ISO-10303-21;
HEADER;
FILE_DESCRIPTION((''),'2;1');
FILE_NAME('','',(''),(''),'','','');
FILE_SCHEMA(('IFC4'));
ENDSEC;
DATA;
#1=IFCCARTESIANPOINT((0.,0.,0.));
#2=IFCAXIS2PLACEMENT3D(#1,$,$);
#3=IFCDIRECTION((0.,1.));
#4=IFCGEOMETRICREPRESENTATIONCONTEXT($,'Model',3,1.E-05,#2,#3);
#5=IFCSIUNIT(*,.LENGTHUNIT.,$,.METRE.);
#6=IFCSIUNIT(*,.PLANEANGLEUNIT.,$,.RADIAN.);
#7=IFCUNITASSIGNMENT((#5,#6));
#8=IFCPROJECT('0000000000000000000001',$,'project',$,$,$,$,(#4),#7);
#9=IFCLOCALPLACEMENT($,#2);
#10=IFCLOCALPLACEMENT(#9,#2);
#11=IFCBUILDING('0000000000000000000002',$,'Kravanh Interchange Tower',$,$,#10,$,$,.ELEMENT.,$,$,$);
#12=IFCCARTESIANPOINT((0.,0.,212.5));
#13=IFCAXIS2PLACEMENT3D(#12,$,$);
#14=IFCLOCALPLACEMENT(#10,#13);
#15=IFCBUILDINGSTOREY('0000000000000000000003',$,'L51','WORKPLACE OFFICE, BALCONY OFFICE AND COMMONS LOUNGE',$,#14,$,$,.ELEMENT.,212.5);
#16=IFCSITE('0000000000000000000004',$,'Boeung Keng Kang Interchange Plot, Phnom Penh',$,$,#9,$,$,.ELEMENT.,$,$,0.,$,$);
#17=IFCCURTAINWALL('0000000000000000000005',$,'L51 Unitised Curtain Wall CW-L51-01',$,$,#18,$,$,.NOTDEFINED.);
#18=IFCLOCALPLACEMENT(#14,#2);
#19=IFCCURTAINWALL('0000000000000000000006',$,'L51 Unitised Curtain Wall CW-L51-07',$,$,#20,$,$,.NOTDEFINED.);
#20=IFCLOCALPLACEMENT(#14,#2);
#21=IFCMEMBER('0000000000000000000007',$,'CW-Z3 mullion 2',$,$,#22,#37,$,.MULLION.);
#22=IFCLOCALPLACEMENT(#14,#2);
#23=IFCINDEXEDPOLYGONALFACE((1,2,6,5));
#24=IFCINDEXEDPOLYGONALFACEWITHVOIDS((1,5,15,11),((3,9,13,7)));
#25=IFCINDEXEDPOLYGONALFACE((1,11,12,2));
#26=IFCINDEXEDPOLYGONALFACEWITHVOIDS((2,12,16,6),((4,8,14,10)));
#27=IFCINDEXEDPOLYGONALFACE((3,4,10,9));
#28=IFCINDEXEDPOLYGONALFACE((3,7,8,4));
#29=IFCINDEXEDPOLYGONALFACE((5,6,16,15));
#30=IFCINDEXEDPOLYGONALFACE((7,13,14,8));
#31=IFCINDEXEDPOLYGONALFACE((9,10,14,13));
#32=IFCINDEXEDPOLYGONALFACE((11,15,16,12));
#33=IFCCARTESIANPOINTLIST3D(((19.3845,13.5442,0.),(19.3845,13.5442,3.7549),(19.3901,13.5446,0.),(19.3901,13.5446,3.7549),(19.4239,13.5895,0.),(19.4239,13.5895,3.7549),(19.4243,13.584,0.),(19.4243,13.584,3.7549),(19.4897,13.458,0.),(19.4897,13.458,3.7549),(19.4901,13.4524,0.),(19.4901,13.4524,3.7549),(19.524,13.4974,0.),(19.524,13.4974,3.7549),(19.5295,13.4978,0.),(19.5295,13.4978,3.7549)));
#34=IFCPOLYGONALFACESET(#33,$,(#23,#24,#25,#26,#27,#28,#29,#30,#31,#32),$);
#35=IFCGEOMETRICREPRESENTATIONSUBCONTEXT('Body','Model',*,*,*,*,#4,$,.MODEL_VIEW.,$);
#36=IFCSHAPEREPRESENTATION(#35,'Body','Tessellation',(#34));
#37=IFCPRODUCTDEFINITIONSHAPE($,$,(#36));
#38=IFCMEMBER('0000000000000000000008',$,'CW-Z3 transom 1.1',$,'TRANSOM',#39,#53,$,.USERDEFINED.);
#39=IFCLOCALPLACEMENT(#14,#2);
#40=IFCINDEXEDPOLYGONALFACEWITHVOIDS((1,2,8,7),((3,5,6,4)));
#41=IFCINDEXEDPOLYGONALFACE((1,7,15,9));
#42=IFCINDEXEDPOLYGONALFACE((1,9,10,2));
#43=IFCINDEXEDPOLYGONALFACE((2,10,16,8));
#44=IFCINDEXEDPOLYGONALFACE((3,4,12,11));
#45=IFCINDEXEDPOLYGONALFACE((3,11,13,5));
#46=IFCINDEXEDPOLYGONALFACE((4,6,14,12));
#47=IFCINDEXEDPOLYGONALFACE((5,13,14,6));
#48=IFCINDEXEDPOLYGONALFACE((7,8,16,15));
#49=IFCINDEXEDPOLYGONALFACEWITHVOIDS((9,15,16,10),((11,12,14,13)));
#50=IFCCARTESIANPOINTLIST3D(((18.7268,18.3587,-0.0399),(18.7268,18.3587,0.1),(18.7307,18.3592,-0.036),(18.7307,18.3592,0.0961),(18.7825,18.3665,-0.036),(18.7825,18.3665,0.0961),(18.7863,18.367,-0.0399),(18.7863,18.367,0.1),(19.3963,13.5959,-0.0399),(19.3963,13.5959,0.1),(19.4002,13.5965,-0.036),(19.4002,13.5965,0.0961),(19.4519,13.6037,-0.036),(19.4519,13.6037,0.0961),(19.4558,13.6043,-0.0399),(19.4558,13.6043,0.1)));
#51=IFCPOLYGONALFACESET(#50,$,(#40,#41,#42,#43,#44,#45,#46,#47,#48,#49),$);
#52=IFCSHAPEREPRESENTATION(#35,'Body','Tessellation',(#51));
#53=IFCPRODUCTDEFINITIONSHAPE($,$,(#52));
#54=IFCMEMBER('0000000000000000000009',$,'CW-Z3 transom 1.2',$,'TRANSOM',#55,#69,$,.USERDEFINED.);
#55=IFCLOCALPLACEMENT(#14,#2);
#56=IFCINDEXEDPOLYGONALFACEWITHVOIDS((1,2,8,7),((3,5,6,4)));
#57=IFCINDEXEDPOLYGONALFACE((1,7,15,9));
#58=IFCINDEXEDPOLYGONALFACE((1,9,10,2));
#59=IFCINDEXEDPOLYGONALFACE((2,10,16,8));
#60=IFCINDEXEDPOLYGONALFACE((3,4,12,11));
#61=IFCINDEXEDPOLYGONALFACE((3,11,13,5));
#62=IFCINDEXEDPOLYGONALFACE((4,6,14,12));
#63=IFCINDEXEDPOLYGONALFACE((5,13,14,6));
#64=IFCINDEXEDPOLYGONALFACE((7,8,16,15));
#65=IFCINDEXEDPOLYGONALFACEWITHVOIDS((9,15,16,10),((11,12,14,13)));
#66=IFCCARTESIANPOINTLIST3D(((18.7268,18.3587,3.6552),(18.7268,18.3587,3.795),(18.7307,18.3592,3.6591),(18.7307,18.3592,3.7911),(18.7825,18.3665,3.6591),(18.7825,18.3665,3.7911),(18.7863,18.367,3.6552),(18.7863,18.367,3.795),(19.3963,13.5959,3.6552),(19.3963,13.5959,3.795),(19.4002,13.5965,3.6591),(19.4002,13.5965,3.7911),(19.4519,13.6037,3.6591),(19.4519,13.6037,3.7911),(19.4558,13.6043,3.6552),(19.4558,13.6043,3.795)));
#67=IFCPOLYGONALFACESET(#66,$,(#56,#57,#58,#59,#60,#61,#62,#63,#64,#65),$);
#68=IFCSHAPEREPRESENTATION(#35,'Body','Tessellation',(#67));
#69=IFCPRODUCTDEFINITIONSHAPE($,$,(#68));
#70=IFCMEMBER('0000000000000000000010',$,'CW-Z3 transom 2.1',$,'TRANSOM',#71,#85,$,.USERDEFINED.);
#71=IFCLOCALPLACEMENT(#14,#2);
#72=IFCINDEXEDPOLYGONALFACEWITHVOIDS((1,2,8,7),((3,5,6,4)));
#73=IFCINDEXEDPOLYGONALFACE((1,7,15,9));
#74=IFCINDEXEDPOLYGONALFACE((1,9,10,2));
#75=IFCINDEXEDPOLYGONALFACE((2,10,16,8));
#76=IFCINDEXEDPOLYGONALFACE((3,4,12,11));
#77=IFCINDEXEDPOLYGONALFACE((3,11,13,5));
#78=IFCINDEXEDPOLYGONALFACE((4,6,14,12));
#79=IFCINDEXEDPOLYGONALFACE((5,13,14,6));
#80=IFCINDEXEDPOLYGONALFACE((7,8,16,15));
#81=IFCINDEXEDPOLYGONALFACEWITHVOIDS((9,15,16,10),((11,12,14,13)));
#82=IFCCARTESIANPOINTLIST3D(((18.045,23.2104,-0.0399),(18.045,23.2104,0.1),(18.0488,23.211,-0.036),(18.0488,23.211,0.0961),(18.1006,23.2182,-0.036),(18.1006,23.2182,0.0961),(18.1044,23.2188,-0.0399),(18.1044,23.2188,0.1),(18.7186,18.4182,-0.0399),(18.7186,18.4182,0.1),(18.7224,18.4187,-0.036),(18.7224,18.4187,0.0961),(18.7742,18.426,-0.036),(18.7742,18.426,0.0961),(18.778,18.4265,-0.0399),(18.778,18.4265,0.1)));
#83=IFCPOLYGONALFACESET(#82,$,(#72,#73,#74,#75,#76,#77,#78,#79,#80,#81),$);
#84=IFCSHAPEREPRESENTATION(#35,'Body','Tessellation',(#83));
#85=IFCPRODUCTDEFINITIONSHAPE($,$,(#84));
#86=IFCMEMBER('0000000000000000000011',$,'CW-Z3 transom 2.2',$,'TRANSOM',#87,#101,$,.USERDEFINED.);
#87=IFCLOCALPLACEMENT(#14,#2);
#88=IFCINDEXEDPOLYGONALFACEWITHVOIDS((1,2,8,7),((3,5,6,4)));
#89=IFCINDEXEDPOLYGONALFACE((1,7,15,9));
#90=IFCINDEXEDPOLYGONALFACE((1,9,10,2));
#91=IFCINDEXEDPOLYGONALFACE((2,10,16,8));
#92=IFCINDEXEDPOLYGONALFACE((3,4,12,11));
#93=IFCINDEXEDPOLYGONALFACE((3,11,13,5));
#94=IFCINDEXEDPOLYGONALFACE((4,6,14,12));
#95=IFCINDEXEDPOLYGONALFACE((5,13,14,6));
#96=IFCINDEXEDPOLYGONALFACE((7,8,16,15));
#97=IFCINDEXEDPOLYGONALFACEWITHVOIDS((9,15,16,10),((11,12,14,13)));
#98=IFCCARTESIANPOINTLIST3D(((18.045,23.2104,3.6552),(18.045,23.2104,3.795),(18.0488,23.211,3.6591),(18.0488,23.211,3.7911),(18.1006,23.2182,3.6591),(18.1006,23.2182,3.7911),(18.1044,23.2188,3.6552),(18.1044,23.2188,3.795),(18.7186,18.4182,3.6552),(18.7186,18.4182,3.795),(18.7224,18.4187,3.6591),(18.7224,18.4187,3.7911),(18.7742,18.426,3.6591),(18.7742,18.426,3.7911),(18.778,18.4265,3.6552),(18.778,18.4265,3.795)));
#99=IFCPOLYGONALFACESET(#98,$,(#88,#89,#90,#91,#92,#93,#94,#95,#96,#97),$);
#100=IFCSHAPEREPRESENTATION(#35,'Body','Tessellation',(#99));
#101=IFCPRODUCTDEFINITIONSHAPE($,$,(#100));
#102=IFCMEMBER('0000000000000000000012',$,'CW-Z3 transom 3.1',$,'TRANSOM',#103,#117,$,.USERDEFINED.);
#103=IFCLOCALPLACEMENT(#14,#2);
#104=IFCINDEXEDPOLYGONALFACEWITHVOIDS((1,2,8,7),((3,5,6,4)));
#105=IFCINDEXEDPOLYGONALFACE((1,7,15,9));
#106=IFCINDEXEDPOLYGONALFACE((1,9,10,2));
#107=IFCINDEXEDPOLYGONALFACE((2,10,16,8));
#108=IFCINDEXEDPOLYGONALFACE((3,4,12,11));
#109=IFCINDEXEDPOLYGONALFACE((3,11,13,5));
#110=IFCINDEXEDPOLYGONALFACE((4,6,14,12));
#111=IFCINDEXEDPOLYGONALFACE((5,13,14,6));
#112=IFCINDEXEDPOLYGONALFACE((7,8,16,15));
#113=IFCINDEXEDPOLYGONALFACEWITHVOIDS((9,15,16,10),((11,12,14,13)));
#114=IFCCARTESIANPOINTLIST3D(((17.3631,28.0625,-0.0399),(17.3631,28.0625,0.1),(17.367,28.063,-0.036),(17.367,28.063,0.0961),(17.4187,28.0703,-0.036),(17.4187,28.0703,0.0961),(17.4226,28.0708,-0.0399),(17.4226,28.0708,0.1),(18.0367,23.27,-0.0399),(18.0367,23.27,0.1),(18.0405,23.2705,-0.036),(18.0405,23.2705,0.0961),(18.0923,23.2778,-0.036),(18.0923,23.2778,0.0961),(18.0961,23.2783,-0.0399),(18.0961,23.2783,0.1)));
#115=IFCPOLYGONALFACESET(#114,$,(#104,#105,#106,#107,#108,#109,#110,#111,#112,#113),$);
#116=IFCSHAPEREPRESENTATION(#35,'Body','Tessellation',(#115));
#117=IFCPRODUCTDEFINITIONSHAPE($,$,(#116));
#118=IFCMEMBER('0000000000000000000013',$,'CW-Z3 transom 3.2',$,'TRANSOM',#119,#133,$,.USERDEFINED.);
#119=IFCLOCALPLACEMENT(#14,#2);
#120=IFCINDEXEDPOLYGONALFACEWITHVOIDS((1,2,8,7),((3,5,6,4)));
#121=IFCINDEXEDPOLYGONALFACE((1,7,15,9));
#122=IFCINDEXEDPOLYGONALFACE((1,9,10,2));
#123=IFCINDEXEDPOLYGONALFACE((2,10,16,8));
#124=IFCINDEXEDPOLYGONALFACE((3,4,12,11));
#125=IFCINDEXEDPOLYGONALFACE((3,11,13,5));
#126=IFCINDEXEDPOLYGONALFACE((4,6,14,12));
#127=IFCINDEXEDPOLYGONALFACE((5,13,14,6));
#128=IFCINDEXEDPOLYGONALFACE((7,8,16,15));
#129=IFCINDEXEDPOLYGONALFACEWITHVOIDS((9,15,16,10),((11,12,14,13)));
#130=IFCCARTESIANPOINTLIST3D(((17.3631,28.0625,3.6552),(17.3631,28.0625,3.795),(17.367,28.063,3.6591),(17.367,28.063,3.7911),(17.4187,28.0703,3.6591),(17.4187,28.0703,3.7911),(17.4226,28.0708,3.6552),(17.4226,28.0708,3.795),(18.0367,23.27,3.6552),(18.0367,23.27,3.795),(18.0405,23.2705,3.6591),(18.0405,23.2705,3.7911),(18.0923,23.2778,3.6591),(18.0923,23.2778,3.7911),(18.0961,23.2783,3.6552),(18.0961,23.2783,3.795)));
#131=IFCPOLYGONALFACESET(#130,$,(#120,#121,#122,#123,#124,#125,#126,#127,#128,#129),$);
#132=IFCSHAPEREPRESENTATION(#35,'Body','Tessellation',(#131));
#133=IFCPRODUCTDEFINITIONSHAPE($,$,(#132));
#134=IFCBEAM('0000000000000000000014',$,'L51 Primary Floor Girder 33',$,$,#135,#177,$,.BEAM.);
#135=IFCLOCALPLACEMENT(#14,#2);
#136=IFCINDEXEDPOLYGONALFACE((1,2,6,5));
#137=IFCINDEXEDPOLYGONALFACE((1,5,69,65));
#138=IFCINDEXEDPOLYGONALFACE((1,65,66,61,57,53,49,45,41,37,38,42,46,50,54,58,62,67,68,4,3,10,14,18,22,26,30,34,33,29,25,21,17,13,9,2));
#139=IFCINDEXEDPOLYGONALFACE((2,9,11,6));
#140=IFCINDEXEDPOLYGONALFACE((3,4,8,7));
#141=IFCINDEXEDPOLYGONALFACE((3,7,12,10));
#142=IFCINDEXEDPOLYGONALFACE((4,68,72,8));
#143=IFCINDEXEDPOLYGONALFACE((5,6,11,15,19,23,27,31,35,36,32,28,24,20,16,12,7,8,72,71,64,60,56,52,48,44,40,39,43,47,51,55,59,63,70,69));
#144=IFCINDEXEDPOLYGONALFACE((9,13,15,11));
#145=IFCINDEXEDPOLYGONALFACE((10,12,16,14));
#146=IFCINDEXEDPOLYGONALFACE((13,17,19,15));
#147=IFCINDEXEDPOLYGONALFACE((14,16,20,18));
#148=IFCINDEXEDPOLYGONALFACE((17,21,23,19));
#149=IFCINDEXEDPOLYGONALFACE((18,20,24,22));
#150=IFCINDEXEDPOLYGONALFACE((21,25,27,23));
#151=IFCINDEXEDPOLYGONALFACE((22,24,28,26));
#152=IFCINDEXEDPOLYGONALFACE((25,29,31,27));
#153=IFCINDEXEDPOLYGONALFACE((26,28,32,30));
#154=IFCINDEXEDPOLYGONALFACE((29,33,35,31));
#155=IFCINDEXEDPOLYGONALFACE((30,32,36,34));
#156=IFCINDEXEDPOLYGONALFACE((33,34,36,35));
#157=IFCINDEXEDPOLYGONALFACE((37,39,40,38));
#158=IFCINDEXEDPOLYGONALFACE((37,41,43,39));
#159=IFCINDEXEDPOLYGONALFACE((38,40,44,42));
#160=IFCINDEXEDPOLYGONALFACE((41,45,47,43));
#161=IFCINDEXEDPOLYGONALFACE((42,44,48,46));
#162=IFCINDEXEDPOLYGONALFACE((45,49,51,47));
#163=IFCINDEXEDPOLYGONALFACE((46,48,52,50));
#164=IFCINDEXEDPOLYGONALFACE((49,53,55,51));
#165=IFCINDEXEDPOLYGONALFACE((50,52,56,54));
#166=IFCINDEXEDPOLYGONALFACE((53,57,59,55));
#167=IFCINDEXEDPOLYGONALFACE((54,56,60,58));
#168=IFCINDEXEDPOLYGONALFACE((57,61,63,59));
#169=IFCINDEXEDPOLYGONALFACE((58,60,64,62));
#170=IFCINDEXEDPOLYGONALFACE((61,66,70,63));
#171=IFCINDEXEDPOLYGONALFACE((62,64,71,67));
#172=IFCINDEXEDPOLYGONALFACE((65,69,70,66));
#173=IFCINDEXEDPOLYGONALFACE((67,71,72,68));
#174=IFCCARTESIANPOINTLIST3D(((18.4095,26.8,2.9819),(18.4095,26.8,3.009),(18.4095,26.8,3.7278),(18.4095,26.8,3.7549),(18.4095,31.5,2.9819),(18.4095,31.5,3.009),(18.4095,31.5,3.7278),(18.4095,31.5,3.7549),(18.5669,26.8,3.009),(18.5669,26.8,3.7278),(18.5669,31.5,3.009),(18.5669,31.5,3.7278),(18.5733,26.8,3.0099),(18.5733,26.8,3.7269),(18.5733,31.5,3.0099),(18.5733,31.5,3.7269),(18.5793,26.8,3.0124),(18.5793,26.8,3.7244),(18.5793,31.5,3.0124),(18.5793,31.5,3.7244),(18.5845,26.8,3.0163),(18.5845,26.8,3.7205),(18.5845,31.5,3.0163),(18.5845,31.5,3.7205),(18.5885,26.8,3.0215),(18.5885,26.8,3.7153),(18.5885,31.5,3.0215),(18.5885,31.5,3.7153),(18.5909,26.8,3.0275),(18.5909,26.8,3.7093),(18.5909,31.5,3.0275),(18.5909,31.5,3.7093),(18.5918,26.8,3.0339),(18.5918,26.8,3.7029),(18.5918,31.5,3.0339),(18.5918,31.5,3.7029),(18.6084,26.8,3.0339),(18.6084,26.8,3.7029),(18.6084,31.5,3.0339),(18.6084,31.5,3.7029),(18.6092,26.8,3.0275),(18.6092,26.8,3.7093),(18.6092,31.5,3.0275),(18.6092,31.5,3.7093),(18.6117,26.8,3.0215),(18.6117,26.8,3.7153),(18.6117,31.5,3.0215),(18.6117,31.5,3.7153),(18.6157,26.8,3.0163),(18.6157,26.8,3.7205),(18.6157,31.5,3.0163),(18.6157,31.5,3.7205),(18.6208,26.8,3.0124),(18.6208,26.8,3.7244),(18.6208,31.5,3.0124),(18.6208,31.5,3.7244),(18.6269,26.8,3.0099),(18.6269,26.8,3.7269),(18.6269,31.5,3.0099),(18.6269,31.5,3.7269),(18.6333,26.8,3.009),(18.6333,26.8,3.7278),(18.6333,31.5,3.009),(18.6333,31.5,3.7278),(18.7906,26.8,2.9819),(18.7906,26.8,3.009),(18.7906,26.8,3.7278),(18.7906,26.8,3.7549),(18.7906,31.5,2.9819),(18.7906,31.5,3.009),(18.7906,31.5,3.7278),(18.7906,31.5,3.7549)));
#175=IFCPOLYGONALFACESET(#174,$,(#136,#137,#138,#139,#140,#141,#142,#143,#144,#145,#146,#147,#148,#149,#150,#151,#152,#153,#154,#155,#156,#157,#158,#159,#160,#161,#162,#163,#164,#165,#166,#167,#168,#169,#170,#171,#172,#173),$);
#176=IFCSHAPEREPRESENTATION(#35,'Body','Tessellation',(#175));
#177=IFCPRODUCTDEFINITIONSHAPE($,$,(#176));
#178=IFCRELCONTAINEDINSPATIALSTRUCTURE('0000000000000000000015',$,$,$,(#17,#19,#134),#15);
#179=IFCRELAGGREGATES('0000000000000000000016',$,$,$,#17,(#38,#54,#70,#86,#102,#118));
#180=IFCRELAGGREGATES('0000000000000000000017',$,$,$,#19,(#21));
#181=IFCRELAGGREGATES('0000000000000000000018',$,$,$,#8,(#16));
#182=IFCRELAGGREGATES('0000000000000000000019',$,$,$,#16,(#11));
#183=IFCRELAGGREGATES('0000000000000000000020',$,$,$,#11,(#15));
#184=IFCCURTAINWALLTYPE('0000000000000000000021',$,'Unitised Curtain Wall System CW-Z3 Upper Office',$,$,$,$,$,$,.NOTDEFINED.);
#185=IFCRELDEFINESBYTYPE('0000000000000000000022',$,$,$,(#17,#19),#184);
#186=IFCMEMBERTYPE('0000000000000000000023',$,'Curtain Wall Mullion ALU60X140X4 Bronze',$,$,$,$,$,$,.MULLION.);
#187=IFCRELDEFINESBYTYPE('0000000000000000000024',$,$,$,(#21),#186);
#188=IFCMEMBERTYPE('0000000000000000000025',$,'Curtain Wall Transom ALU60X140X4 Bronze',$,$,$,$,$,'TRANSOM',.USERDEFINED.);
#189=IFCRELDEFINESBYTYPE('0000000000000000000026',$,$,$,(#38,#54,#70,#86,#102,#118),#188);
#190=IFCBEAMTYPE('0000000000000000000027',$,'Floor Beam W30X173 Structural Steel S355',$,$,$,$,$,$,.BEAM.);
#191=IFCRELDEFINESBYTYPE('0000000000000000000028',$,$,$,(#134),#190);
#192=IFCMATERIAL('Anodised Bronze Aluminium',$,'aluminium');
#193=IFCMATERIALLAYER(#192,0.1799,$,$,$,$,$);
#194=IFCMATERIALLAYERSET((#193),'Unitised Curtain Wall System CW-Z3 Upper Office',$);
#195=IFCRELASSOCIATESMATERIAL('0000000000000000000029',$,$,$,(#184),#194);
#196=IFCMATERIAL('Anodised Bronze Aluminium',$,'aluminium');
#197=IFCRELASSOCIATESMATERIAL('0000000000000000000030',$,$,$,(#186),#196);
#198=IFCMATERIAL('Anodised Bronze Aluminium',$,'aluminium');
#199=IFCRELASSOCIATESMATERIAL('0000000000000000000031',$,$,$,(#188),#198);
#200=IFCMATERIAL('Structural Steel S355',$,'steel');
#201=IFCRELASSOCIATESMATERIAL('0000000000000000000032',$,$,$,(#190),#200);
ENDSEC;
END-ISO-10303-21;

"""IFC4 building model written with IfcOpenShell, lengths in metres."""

from ifc_helpers import new_model, si_unit, direction, frame, origin, origin_2d, place, context, subcontext, project, spatial, hollow_rectangle, i_section, extrude, material, layer, layer_set, material_profile, profile_set, type_object, element, aggregate, save


model = new_model("IFC4")

# Units and contexts
model_context = context("Model", 3, precision=1e-05, world=origin(), true_north=direction((0.0, 1.0)))
body_context = subcontext(model_context, "Body", "Model", "MODEL_VIEW")
ifc_project = project(units=[si_unit("LENGTHUNIT", "METRE"), si_unit("PLANEANGLEUNIT", "RADIAN")], contexts=[model_context])

# Site, building, storey
site_placement = place(None, origin())
site = spatial("IfcSite", under=ifc_project, at=site_placement, Name="Boeung Keng Kang Interchange Plot, Phnom Penh", CompositionType="ELEMENT", RefElevation=0.0)
building_placement = place(site_placement, origin())
building = spatial("IfcBuilding", under=site, at=building_placement, Name="Kravanh Interchange Tower", CompositionType="ELEMENT")
storey_placement = place(building_placement, frame((0.0, 0.0, 212.5)))
storey = spatial("IfcBuildingStorey", under=building, at=storey_placement, Name="L51", Description="WORKPLACE OFFICE, BALCONY OFFICE AND COMMONS LOUNGE", CompositionType="ELEMENT", Elevation=212.5)

# Curtain wall
ifc_material_1 = material(Name="Anodised Bronze Aluminium", Category="aluminium")
ifc_layer_1 = layer(ifc_material_1, 0.1799)
ifc_layer_set_1 = layer_set([ifc_layer_1], Name="Unitised Curtain Wall System CW-Z3 Upper Office")
curtain_wall_type = type_object("IfcCurtainWallType", Name="Unitised Curtain Wall System CW-Z3 Upper Office", PredefinedType="NOTDEFINED", material=ifc_layer_set_1)
curtain_wall_1_placement = place(storey_placement, origin())
curtain_wall_1 = element("IfcCurtainWall", 1, at=curtain_wall_1_placement, inside=storey, type_object=curtain_wall_type, Name="L51 Unitised Curtain Wall CW-L51-01", PredefinedType="NOTDEFINED")
ifc_material_2 = material(Name="Anodised Bronze Aluminium", Category="aluminium")
ifc_material_profile_1 = material_profile(ifc_material_2, hollow_rectangle(XDim=0.0601, YDim=0.1399, WallThickness=0.0039, at=origin_2d()), Name="ALU60X140X4")
ifc_profile_set_1 = profile_set([ifc_material_profile_1], Name="Anodised Bronze Aluminium")
member_type_1 = type_object("IfcMemberType", Name="Curtain Wall Mullion ALU60X140X4 Bronze", PredefinedType="MULLION", material=ifc_profile_set_1)

# Curtain wall, member
curtain_wall_2_placement = place(storey_placement, origin())
curtain_wall_2 = element("IfcCurtainWall", 2, at=curtain_wall_2_placement, inside=storey, type_object=curtain_wall_type, Name="L51 Unitised Curtain Wall CW-L51-07", PredefinedType="NOTDEFINED")
member_1_placement = place(storey_placement, frame((19.457, 13.521, 0.0), z_axis=(0.0, 0.0, 1.0), x_axis=(-0.656051, -0.754717, 0.0)))
member_1 = element("IfcMember", 3, at=member_1_placement, type_object=member_type_1, Name="CW-Z3 mullion 2", PredefinedType="MULLION", context=body_context, shape_type="SweptSolid", body=[
    extrude(hollow_rectangle(XDim=0.0601, YDim=0.1399, WallThickness=0.0039, at=origin_2d()), origin(), (0.0, 0.0, 1.0), 3.7549),
])

# Members
ifc_material_3 = material(Name="Anodised Bronze Aluminium", Category="aluminium")
ifc_material_profile_2 = material_profile(ifc_material_3, hollow_rectangle(XDim=0.0601, YDim=0.1399, WallThickness=0.0039, at=origin_2d()), Name="ALU60X140X4")
ifc_profile_set_2 = profile_set([ifc_material_profile_2], Name="Anodised Bronze Aluminium")
member_type_2 = type_object("IfcMemberType", Name="Curtain Wall Transom ALU60X140X4 Bronze", ElementType="TRANSOM", PredefinedType="USERDEFINED", material=ifc_profile_set_2)
member_2_placement = place(storey_placement, frame((19.426, 13.6001, 0.03), z_axis=(-0.139189, 0.990266, 0.0), x_axis=(-0.990266, -0.139189, 0.0)))
member_2 = element("IfcMember", 4, at=member_2_placement, type_object=member_type_2, Name="CW-Z3 transom 1.1", ObjectType="TRANSOM", PredefinedType="USERDEFINED", context=body_context, shape_type="SweptSolid", body=[
    extrude(hollow_rectangle(XDim=0.0601, YDim=0.1399, WallThickness=0.0039, at=origin_2d()), origin(), (0.0, 0.0, 1.0), 4.8096),
])
member_3_placement = place(storey_placement, frame((19.426, 13.6001, 3.7251), z_axis=(-0.139189, 0.990266, 0.0), x_axis=(-0.990266, -0.139189, 0.0)))
member_3 = element("IfcMember", 5, at=member_3_placement, type_object=member_type_2, Name="CW-Z3 transom 1.2", ObjectType="TRANSOM", PredefinedType="USERDEFINED", context=body_context, shape_type="SweptSolid", body=[
    extrude(hollow_rectangle(XDim=0.0601, YDim=0.1399, WallThickness=0.0039, at=origin_2d()), origin(), (0.0, 0.0, 1.0), 4.8096),
])
member_4_placement = place(storey_placement, frame((18.7483, 18.4224, 0.03), z_axis=(-0.139189, 0.990266, 0.0), x_axis=(-0.990266, -0.139189, 0.0)))
member_4 = element("IfcMember", 6, at=member_4_placement, type_object=member_type_2, Name="CW-Z3 transom 2.1", ObjectType="TRANSOM", PredefinedType="USERDEFINED", context=body_context, shape_type="SweptSolid", body=[
    extrude(hollow_rectangle(XDim=0.0601, YDim=0.1399, WallThickness=0.0039, at=origin_2d()), origin(), (0.0, 0.0, 1.0), 4.8394),
])
member_5_placement = place(storey_placement, frame((18.7483, 18.4224, 3.7251), z_axis=(-0.139189, 0.990266, 0.0), x_axis=(-0.990266, -0.139189, 0.0)))
member_5 = element("IfcMember", 7, at=member_5_placement, type_object=member_type_2, Name="CW-Z3 transom 2.2", ObjectType="TRANSOM", PredefinedType="USERDEFINED", context=body_context, shape_type="SweptSolid", body=[
    extrude(hollow_rectangle(XDim=0.0601, YDim=0.1399, WallThickness=0.0039, at=origin_2d()), origin(), (0.0, 0.0, 1.0), 4.8394),
])
member_6_placement = place(storey_placement, frame((18.0664, 23.2742, 0.03), z_axis=(-0.139182, 0.990267, 0.0), x_axis=(-0.990267, -0.139182, 0.0)))
member_6 = element("IfcMember", 8, at=member_6_placement, type_object=member_type_2, Name="CW-Z3 transom 3.1", ObjectType="TRANSOM", PredefinedType="USERDEFINED", context=body_context, shape_type="SweptSolid", body=[
    extrude(hollow_rectangle(XDim=0.0601, YDim=0.1399, WallThickness=0.0039, at=origin_2d()), origin(), (0.0, 0.0, 1.0), 4.8396),
])
member_7_placement = place(storey_placement, frame((18.0664, 23.2742, 3.7251), z_axis=(-0.139182, 0.990267, 0.0), x_axis=(-0.990267, -0.139182, 0.0)))
member_7 = element("IfcMember", 9, at=member_7_placement, type_object=member_type_2, Name="CW-Z3 transom 3.2", ObjectType="TRANSOM", PredefinedType="USERDEFINED", context=body_context, shape_type="SweptSolid", body=[
    extrude(hollow_rectangle(XDim=0.0601, YDim=0.1399, WallThickness=0.0039, at=origin_2d()), origin(), (0.0, 0.0, 1.0), 4.8396),
])

# Beam
ifc_material_4 = material(Name="Structural Steel S355", Category="steel")
ifc_material_profile_3 = material_profile(ifc_material_4, i_section(OverallWidth=0.3811, OverallDepth=0.7729, WebThickness=0.0166, FlangeThickness=0.0271, FilletRadius=0.0249, at=origin_2d()), Name="W30X173")
ifc_profile_set_3 = profile_set([ifc_material_profile_3], Name="Structural Steel S355")
beam_type_1 = type_object("IfcBeamType", Name="Floor Beam W30X173 Structural Steel S355", PredefinedType="BEAM", material=ifc_profile_set_3)
beam_1_placement = place(storey_placement, frame((18.6001, 26.8, 3.3684), z_axis=(0.0, 1.0, 0.0), x_axis=(-1.0, 0.0, 0.0)))
element("IfcBeam", 10, at=beam_1_placement, inside=storey, type_object=beam_type_1, Name="L51 Primary Floor Girder 33", PredefinedType="BEAM", context=body_context, shape_type="SweptSolid", body=[
    extrude(i_section(OverallWidth=0.3811, OverallDepth=0.7729, WebThickness=0.0166, FlangeThickness=0.0271, FilletRadius=0.0249, at=origin_2d()), origin(), (0.0, 0.0, 1.0), 4.7),
])

aggregate(curtain_wall_1, [member_2, member_3, member_4, member_5, member_6, member_7])
aggregate(curtain_wall_2, [member_1])

save(model, "model.ifc")
